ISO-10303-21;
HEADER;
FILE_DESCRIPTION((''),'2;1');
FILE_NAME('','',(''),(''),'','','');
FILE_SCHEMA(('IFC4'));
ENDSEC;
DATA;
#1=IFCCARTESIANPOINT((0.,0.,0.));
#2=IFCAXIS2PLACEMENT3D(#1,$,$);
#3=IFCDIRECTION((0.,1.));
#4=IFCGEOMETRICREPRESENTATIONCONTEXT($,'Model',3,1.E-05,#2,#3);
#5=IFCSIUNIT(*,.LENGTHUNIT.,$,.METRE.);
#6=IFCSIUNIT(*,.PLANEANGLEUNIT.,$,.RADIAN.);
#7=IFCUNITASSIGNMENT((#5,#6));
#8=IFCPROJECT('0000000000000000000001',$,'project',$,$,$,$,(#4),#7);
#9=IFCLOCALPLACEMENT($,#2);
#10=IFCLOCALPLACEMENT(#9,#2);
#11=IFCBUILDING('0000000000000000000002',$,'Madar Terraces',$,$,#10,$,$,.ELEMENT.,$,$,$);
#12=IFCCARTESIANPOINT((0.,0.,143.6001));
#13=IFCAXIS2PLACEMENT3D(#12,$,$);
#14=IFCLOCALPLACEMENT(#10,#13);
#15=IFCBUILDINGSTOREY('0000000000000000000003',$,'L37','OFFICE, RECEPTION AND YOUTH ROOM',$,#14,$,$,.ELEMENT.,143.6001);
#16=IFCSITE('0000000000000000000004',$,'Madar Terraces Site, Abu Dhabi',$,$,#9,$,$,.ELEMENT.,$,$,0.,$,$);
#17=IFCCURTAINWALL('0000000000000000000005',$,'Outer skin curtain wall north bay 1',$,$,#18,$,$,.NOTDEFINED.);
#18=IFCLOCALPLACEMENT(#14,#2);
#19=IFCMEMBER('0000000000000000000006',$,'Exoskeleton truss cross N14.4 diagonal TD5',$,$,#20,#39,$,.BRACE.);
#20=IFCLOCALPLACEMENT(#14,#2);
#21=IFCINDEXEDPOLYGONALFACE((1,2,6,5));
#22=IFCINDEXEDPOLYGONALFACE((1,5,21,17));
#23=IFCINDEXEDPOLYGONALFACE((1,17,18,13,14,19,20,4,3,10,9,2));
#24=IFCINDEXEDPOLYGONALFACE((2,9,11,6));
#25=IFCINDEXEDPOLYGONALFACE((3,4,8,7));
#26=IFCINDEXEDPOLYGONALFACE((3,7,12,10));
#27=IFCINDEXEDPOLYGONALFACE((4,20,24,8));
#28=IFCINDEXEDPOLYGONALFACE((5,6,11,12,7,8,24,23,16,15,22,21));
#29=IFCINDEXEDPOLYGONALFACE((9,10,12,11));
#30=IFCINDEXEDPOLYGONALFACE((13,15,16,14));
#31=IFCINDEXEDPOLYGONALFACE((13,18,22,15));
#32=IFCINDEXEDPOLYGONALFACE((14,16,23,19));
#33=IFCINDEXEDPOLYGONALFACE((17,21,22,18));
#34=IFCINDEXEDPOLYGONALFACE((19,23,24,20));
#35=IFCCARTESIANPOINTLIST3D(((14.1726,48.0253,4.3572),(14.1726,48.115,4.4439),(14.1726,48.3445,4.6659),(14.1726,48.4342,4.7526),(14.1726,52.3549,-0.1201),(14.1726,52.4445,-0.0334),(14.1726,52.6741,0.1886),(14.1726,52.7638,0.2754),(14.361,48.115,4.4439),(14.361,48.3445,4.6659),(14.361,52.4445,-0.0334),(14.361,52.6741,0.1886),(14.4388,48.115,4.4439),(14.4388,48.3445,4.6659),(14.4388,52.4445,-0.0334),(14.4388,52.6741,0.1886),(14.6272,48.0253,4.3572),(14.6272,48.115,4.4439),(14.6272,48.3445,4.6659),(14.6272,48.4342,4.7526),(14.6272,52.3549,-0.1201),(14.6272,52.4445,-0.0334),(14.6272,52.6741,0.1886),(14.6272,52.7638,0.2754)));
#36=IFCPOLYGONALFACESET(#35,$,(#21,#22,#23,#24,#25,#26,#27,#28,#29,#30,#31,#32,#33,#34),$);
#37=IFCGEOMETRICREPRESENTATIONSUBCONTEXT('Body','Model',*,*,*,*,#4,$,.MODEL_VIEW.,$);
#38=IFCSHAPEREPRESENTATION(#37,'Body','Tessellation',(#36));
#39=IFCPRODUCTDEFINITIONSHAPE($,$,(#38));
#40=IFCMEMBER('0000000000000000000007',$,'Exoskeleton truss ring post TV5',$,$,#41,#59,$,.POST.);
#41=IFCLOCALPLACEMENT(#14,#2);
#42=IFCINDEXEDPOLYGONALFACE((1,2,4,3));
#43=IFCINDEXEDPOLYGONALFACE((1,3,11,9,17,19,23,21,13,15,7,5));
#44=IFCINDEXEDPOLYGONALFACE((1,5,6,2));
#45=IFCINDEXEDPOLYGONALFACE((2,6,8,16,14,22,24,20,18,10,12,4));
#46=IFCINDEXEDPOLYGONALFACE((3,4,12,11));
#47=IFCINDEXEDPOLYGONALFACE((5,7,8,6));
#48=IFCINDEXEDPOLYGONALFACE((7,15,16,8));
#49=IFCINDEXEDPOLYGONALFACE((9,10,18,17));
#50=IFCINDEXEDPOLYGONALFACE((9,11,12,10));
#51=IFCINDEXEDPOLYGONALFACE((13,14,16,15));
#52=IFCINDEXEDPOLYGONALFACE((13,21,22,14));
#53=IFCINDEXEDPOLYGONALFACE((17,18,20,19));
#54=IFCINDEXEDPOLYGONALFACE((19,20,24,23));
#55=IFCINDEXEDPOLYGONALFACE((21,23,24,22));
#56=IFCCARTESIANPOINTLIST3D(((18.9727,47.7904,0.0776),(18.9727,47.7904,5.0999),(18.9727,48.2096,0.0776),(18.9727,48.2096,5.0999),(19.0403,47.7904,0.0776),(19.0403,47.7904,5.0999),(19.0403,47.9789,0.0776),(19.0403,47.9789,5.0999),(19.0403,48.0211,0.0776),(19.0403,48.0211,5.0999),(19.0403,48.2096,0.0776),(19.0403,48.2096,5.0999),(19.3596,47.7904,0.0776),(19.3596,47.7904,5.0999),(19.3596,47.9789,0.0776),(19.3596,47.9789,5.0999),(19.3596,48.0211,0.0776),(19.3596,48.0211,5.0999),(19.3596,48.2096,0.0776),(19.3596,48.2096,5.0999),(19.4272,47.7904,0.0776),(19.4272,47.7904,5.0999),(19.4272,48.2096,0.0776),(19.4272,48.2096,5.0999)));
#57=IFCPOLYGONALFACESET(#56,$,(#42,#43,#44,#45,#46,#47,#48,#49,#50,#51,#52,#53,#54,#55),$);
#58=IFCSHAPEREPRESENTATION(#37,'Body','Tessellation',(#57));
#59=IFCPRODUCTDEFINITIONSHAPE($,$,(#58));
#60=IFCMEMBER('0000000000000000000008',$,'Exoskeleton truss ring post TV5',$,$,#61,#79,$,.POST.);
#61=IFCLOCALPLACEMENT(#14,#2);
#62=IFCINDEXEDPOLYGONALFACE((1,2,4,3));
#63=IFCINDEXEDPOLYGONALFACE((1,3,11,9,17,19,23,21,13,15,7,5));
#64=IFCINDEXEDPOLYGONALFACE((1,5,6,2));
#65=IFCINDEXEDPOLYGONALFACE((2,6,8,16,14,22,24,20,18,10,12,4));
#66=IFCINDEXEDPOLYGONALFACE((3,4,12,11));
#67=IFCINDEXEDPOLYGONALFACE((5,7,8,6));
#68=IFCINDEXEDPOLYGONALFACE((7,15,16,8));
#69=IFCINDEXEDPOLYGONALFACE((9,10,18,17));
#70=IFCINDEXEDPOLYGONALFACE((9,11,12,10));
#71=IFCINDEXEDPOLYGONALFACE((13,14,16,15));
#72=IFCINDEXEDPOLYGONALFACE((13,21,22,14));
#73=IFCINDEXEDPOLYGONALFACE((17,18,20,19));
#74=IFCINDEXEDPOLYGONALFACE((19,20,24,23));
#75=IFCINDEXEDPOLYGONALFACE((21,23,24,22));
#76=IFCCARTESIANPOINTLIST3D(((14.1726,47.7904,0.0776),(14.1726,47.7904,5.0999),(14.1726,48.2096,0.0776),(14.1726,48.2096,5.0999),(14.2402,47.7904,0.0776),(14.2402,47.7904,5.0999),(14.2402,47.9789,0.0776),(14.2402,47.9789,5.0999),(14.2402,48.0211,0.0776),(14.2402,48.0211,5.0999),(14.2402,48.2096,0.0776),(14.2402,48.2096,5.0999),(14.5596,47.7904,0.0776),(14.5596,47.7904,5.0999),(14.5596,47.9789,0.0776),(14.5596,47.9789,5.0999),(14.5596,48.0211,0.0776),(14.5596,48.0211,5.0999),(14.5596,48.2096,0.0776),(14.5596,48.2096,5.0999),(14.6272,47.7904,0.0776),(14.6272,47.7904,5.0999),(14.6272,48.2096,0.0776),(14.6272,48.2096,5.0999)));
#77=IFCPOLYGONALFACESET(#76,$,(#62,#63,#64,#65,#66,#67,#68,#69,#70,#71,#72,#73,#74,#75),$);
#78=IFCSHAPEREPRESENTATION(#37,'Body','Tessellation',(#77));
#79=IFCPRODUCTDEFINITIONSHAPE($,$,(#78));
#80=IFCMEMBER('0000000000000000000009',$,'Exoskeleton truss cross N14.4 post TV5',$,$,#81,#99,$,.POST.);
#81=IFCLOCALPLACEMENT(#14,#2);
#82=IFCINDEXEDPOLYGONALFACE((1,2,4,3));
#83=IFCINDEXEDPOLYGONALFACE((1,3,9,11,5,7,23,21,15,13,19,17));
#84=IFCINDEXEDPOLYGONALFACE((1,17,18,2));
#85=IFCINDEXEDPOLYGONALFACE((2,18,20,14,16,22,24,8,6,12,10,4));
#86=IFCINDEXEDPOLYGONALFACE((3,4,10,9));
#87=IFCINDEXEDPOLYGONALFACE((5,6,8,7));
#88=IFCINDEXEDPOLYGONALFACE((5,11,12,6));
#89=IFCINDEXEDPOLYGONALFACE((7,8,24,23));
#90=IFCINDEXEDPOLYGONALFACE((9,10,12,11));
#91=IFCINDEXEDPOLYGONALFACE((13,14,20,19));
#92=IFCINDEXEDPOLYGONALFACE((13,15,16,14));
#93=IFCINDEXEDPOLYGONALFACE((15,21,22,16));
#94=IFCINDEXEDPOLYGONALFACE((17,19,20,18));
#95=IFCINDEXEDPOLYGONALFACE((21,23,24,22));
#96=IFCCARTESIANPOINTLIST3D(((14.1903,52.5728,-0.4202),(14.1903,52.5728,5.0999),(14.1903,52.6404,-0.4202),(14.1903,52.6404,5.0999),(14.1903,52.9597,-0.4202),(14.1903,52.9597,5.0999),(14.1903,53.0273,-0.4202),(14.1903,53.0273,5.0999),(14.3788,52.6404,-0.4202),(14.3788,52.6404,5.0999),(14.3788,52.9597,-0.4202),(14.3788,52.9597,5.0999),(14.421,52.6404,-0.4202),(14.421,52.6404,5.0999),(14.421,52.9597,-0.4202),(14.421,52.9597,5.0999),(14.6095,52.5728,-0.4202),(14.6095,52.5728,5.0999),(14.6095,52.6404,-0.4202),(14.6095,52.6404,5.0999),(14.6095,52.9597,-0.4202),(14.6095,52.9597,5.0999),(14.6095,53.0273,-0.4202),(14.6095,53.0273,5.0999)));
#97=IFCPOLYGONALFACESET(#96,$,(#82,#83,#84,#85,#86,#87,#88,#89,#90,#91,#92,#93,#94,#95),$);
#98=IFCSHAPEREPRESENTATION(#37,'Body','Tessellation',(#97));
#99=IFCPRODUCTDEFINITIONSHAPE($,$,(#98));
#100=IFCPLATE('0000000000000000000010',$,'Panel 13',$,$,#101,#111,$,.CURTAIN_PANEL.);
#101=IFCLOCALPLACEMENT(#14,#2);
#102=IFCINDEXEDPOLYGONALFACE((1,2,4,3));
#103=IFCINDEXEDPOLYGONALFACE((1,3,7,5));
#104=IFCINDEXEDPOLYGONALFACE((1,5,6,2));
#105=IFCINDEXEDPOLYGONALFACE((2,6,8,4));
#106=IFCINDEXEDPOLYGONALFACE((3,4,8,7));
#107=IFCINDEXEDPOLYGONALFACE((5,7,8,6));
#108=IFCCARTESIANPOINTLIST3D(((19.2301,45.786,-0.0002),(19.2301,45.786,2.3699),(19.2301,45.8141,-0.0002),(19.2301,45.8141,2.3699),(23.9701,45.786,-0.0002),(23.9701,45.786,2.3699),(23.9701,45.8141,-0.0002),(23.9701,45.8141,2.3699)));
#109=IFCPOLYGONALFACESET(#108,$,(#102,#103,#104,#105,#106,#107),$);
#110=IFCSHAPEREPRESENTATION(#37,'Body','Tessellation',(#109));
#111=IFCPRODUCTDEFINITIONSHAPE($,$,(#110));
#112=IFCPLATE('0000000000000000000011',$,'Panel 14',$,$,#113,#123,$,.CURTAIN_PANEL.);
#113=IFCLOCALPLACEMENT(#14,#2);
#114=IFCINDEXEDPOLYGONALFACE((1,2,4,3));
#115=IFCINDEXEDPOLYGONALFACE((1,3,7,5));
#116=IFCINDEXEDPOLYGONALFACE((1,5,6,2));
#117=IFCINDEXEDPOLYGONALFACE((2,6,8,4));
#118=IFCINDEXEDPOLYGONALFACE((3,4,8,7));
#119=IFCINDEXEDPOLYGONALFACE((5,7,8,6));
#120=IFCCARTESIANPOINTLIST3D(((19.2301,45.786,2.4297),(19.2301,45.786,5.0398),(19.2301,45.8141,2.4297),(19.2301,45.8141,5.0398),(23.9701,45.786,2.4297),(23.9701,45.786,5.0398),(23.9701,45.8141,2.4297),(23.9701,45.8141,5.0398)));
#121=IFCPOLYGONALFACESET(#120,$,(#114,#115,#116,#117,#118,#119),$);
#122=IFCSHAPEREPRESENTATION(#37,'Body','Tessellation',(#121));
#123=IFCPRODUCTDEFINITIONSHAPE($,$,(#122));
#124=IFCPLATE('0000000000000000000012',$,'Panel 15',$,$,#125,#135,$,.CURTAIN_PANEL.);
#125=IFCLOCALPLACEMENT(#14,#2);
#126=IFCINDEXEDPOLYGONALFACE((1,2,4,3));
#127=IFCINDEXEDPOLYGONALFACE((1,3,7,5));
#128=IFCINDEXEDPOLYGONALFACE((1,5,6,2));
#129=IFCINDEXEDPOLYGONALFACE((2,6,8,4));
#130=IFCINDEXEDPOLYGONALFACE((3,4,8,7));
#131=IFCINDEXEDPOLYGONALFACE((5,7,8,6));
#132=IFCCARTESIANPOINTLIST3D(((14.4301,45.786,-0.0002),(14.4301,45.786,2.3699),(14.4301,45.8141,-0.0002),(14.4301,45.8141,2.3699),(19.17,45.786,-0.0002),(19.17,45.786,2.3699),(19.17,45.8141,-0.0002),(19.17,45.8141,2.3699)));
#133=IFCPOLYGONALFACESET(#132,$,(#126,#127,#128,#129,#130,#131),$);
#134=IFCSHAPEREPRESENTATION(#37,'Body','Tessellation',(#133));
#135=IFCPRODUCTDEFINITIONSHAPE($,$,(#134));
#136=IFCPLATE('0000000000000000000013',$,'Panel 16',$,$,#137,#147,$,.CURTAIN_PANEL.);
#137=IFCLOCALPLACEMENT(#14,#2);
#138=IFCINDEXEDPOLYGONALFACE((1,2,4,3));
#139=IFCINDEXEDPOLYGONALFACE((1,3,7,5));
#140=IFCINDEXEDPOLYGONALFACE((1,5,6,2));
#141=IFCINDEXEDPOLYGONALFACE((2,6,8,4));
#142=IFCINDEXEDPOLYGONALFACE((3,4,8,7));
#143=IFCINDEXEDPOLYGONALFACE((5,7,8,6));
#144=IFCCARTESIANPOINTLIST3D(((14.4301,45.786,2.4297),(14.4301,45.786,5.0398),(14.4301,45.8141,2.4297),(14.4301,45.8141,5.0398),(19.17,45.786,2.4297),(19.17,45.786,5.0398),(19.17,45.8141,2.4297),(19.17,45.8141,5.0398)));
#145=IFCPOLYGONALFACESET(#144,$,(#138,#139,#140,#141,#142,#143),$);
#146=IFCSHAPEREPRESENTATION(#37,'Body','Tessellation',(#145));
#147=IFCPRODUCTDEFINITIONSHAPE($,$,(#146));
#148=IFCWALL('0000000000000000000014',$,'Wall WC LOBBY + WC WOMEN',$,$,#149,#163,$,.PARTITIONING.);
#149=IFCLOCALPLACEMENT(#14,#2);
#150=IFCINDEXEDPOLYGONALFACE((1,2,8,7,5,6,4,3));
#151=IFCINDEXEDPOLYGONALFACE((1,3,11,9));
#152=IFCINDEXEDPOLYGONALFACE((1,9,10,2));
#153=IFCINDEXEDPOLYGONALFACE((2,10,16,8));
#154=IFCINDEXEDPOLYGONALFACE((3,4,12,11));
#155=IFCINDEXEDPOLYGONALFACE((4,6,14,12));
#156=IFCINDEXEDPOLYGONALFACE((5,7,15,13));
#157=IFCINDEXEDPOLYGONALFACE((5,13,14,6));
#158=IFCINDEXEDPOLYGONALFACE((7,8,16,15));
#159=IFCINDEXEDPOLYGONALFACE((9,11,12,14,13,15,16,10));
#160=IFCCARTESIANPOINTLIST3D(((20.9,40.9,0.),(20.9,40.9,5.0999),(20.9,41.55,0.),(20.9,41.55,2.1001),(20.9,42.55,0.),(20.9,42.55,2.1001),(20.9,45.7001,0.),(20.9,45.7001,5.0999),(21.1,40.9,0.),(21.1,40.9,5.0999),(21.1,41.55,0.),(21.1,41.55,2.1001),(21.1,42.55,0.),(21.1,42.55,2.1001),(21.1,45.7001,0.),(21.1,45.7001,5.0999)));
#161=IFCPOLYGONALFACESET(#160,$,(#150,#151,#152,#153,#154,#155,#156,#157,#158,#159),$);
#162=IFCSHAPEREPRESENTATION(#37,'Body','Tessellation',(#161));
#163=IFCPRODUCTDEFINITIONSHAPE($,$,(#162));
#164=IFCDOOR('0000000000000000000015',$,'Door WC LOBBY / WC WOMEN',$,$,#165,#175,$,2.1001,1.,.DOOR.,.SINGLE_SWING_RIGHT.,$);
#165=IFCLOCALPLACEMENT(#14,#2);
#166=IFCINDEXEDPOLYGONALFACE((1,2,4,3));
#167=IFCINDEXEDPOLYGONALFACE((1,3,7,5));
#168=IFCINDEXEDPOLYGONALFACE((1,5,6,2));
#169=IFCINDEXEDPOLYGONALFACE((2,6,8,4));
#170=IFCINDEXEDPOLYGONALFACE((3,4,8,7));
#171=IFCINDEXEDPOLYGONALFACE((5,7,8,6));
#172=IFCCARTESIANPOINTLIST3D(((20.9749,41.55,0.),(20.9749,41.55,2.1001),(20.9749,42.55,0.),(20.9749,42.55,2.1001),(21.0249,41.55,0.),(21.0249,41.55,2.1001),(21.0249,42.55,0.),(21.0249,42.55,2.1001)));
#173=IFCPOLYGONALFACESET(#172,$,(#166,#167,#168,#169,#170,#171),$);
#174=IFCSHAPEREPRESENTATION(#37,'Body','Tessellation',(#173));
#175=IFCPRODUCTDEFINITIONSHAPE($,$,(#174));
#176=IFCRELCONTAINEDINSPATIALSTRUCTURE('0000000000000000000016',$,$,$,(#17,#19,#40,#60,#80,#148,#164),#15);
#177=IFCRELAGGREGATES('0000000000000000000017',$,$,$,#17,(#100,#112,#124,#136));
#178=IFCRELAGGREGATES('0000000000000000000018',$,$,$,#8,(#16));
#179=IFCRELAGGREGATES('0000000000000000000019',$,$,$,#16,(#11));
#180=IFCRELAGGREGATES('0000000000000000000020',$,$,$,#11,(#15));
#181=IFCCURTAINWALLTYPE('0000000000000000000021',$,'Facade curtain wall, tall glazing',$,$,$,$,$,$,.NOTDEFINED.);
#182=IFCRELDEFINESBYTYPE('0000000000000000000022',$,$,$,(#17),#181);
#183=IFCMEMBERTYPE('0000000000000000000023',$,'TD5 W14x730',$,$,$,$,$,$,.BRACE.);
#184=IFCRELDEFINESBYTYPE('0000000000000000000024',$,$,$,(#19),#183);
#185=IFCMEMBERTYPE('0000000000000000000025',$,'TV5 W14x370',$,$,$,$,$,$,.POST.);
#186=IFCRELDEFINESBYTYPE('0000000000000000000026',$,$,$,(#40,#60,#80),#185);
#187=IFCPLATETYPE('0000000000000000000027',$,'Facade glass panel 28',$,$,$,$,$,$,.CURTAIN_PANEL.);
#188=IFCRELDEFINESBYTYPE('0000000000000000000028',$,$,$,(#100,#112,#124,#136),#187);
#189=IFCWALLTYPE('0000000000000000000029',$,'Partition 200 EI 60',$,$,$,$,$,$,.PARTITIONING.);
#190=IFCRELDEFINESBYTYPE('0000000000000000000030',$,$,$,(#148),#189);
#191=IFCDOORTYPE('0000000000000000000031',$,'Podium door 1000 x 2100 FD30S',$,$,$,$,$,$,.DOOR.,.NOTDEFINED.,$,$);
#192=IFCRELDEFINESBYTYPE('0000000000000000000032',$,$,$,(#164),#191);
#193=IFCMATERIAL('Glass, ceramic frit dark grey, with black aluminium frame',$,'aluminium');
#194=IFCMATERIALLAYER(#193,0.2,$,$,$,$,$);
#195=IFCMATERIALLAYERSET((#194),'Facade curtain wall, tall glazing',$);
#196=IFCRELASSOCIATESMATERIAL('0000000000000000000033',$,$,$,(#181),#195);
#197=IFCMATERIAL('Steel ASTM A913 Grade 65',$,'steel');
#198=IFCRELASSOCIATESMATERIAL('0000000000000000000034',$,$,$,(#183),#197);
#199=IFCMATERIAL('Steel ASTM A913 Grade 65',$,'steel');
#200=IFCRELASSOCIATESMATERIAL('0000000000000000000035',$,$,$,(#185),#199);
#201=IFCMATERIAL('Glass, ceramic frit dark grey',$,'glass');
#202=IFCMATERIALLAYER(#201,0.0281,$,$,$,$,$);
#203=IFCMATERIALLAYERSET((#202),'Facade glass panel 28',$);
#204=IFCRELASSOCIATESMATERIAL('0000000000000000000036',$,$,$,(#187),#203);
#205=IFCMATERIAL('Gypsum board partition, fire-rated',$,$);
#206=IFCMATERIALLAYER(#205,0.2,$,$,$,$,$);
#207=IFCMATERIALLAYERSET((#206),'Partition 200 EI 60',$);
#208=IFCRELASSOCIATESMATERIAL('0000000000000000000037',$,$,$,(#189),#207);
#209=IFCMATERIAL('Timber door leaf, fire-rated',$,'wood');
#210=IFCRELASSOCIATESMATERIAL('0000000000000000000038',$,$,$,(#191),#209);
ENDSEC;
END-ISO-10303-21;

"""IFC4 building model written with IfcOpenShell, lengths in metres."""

from ifc_helpers import new_model, si_unit, direction, frame, frame_2d, origin, origin_2d, place, context, subcontext, project, spatial, rectangle, i_section, extrude, material, layer, layer_set, material_profile, profile_set, type_object, element, fill, aggregate, save


model = new_model("IFC4")

# Units and contexts
model_context = context("Model", 3, precision=1e-05, world=origin(), true_north=direction((0.0, 1.0)))
body_context = subcontext(model_context, "Body", "Model", "MODEL_VIEW")
ifc_project = project(units=[si_unit("LENGTHUNIT", "METRE"), si_unit("PLANEANGLEUNIT", "RADIAN")], contexts=[model_context])

# Site, building, storey
site_placement = place(None, origin())
site = spatial("IfcSite", under=ifc_project, at=site_placement, Name="Madar Terraces Site, Abu Dhabi", CompositionType="ELEMENT", RefElevation=0.0)
building_placement = place(site_placement, origin())
building = spatial("IfcBuilding", under=site, at=building_placement, Name="Madar Terraces", CompositionType="ELEMENT")
storey_placement = place(building_placement, frame((0.0, 0.0, 143.6001)))
storey = spatial("IfcBuildingStorey", under=building, at=storey_placement, Name="L37", Description="OFFICE, RECEPTION AND YOUTH ROOM", CompositionType="ELEMENT", Elevation=143.6001)

# Curtain wall
ifc_material_1 = material(Name="Glass, ceramic frit dark grey, with black aluminium frame", Category="aluminium")
ifc_layer_1 = layer(ifc_material_1, 0.2)
ifc_layer_set_1 = layer_set([ifc_layer_1], Name="Facade curtain wall, tall glazing")
curtain_wall_type = type_object("IfcCurtainWallType", Name="Facade curtain wall, tall glazing", PredefinedType="NOTDEFINED", material=ifc_layer_set_1)
curtain_wall_placement = place(storey_placement, origin())
curtain_wall = element("IfcCurtainWall", 1, at=curtain_wall_placement, inside=storey, type_object=curtain_wall_type, Name="Outer skin curtain wall north bay 1", PredefinedType="NOTDEFINED")

# Members
ifc_material_2 = material(Name="Steel ASTM A913 Grade 65", Category="steel")
ifc_material_profile_1 = material_profile(ifc_material_2, i_section(OverallWidth=0.4546, OverallDepth=0.5688, WebThickness=0.0779, FlangeThickness=0.1248, at=origin_2d()), Name="W14x730")
ifc_profile_set_1 = profile_set([ifc_material_profile_1], Name="Steel ASTM A913 Grade 65")
member_type_1 = type_object("IfcMemberType", Name="TD5 W14x730", PredefinedType="BRACE", material=ifc_profile_set_1)
member_1_placement = place(storey_placement, frame((14.3999, 52.5593, 0.0776), z_axis=(0.0, -0.69515, 0.718865), x_axis=(1.0, 0.0, 0.0)))
element("IfcMember", 2, at=member_1_placement, inside=storey, type_object=member_type_1, Name="Exoskeleton truss cross N14.4 diagonal TD5", PredefinedType="BRACE", context=body_context, shape_type="SweptSolid", body=[
    extrude(i_section(OverallWidth=0.4546, OverallDepth=0.5688, WebThickness=0.0779, FlangeThickness=0.1248, at=origin_2d()), origin(), (0.0, 0.0, 1.0), 6.2283),
])
ifc_material_3 = material(Name="Steel ASTM A913 Grade 65", Category="steel")
ifc_material_profile_2 = material_profile(ifc_material_3, i_section(OverallWidth=0.4192, OverallDepth=0.4546, WebThickness=0.0422, FlangeThickness=0.0676, at=origin_2d()), Name="W14x370")
ifc_profile_set_2 = profile_set([ifc_material_profile_2], Name="Steel ASTM A913 Grade 65")
member_type_2 = type_object("IfcMemberType", Name="TV5 W14x370", PredefinedType="POST", material=ifc_profile_set_2)
for number, where, z_axis, x_axis, name in (
    (3, (19.2, 48.0, 0.0776), (0.0, 0.0, 1.0), (0.0, -1.0, 0.0), "Exoskeleton truss ring post TV5"),
    (4, (14.3999, 48.0, 0.0776), (0.0, 0.0, 1.0), (0.0, -1.0, 0.0), "Exoskeleton truss ring post TV5"),
):
    element("IfcMember", number, at=place(storey_placement, frame(where, z_axis=z_axis, x_axis=x_axis)), inside=storey, type_object=member_type_2, Name=name, PredefinedType="POST", context=body_context, shape_type="SweptSolid", body=[
        extrude(i_section(OverallWidth=0.4192, OverallDepth=0.4546, WebThickness=0.0422, FlangeThickness=0.0676, at=origin_2d()), origin(), (0.0, 0.0, 1.0), 5.0222),
    ])
member_2_placement = place(storey_placement, frame((14.3999, 52.8, -0.4202), z_axis=(0.0, 0.0, 1.0), x_axis=(-1.0, 0.0, 0.0)))
element("IfcMember", 5, at=member_2_placement, inside=storey, type_object=member_type_2, Name="Exoskeleton truss cross N14.4 post TV5", PredefinedType="POST", context=body_context, shape_type="SweptSolid", body=[
    extrude(i_section(OverallWidth=0.4192, OverallDepth=0.4546, WebThickness=0.0422, FlangeThickness=0.0676, at=origin_2d()), origin(), (0.0, 0.0, 1.0), 5.52),
])

# Plates
ifc_material_4 = material(Name="Glass, ceramic frit dark grey", Category="glass")
ifc_layer_2 = layer(ifc_material_4, 0.0281)
ifc_layer_set_2 = layer_set([ifc_layer_2], Name="Facade glass panel 28")
plate_type = type_object("IfcPlateType", Name="Facade glass panel 28", PredefinedType="CURTAIN_PANEL", material=ifc_layer_set_2)
plate_1_placement = place(storey_placement, frame((21.6001, 45.8, -0.0002), z_axis=(0.0, 0.0, 1.0), x_axis=(-1.0, 0.0, 0.0)))
plate_1 = element("IfcPlate", 6, at=plate_1_placement, type_object=plate_type, Name="Panel 13", PredefinedType="CURTAIN_PANEL", context=body_context, shape_type="SweptSolid", body=[
    extrude(rectangle(XDim=4.74, YDim=0.0281, at=origin_2d()), origin(), (0.0, 0.0, 1.0), 2.3701),
])
plate_2_placement = place(storey_placement, frame((21.6001, 45.8, 2.4297), z_axis=(0.0, 0.0, 1.0), x_axis=(-1.0, 0.0, 0.0)))
plate_2 = element("IfcPlate", 7, at=plate_2_placement, type_object=plate_type, Name="Panel 14", PredefinedType="CURTAIN_PANEL", context=body_context, shape_type="SweptSolid", body=[
    extrude(rectangle(XDim=4.74, YDim=0.0281, at=origin_2d()), origin(), (0.0, 0.0, 1.0), 2.6101),
])
plate_3_placement = place(storey_placement, frame((16.8, 45.8, -0.0002), z_axis=(0.0, 0.0, 1.0), x_axis=(-1.0, 0.0, 0.0)))
plate_3 = element("IfcPlate", 8, at=plate_3_placement, type_object=plate_type, Name="Panel 15", PredefinedType="CURTAIN_PANEL", context=body_context, shape_type="SweptSolid", body=[
    extrude(rectangle(XDim=4.74, YDim=0.0281, at=origin_2d()), origin(), (0.0, 0.0, 1.0), 2.3701),
])
plate_4_placement = place(storey_placement, frame((16.8, 45.8, 2.4297), z_axis=(0.0, 0.0, 1.0), x_axis=(-1.0, 0.0, 0.0)))
plate_4 = element("IfcPlate", 9, at=plate_4_placement, type_object=plate_type, Name="Panel 16", PredefinedType="CURTAIN_PANEL", context=body_context, shape_type="SweptSolid", body=[
    extrude(rectangle(XDim=4.74, YDim=0.0281, at=origin_2d()), origin(), (0.0, 0.0, 1.0), 2.6101),
])
aggregate(curtain_wall, [plate_1, plate_2, plate_3, plate_4])

# Wall, opening, door
ifc_material_5 = material(Name="Gypsum board partition, fire-rated")
ifc_layer_3 = layer(ifc_material_5, 0.2)
ifc_layer_set_3 = layer_set([ifc_layer_3], Name="Partition 200 EI 60")
wall_type_1 = type_object("IfcWallType", Name="Partition 200 EI 60", PredefinedType="PARTITIONING", material=ifc_layer_set_3)
wall_1_placement = place(storey_placement, frame((21.0, 45.7, 0.0), z_axis=(0.0, 0.0, 1.0), x_axis=(0.0, -1.0, 0.0)))
wall_1 = element("IfcWall", 10, at=wall_1_placement, inside=storey, type_object=wall_type_1, Name="Wall WC LOBBY + WC WOMEN", PredefinedType="PARTITIONING", context=body_context, shape_type="SweptSolid", body=[
    extrude(rectangle(XDim=4.8, YDim=0.2, at=frame_2d((2.3999, 0.0))), origin(), (0.0, 0.0, 1.0), 5.0999),
])
opening_1_placement = place(wall_1_placement, frame((3.1499, 0.0, 0.0)))
opening_1 = element("IfcOpeningElement", 11, at=opening_1_placement, cuts=wall_1, PredefinedType="OPENING", context=body_context, shape_type="SweptSolid", body=[
    extrude(rectangle(XDim=1.0, YDim=2.1001, at=frame_2d((0.5, 1.05))), frame((0.0, 0.1099, 0.0), z_axis=(0.0, -1.0, 0.0), x_axis=(1.0, 0.0, 0.0)), (0.0, 0.0, 1.0), 0.22),
])
ifc_material_6 = material(Name="Timber door leaf, fire-rated", Category="wood")
door_type_1 = type_object("IfcDoorType", Name="Podium door 1000 x 2100 FD30S", OperationType="NOTDEFINED", PredefinedType="DOOR", material=ifc_material_6)
door_1_placement = place(opening_1_placement, origin())
door_1 = element("IfcDoor", 12, at=door_1_placement, inside=storey, type_object=door_type_1, Name="Door WC LOBBY / WC WOMEN", OperationType="SINGLE_SWING_RIGHT", OverallHeight=2.1001, OverallWidth=1.0, PredefinedType="DOOR", context=body_context, shape_type="SweptSolid", body=[
    extrude(rectangle(XDim=1.0, YDim=2.1001, at=frame_2d((0.5, 1.05))), frame((0.0, 0.0249, 0.0), z_axis=(0.0, -1.0, 0.0), x_axis=(1.0, 0.0, 0.0)), (0.0, 0.0, 1.0), 0.05),
])
fill(opening_1, door_1)

save(model, "model.ifc")
